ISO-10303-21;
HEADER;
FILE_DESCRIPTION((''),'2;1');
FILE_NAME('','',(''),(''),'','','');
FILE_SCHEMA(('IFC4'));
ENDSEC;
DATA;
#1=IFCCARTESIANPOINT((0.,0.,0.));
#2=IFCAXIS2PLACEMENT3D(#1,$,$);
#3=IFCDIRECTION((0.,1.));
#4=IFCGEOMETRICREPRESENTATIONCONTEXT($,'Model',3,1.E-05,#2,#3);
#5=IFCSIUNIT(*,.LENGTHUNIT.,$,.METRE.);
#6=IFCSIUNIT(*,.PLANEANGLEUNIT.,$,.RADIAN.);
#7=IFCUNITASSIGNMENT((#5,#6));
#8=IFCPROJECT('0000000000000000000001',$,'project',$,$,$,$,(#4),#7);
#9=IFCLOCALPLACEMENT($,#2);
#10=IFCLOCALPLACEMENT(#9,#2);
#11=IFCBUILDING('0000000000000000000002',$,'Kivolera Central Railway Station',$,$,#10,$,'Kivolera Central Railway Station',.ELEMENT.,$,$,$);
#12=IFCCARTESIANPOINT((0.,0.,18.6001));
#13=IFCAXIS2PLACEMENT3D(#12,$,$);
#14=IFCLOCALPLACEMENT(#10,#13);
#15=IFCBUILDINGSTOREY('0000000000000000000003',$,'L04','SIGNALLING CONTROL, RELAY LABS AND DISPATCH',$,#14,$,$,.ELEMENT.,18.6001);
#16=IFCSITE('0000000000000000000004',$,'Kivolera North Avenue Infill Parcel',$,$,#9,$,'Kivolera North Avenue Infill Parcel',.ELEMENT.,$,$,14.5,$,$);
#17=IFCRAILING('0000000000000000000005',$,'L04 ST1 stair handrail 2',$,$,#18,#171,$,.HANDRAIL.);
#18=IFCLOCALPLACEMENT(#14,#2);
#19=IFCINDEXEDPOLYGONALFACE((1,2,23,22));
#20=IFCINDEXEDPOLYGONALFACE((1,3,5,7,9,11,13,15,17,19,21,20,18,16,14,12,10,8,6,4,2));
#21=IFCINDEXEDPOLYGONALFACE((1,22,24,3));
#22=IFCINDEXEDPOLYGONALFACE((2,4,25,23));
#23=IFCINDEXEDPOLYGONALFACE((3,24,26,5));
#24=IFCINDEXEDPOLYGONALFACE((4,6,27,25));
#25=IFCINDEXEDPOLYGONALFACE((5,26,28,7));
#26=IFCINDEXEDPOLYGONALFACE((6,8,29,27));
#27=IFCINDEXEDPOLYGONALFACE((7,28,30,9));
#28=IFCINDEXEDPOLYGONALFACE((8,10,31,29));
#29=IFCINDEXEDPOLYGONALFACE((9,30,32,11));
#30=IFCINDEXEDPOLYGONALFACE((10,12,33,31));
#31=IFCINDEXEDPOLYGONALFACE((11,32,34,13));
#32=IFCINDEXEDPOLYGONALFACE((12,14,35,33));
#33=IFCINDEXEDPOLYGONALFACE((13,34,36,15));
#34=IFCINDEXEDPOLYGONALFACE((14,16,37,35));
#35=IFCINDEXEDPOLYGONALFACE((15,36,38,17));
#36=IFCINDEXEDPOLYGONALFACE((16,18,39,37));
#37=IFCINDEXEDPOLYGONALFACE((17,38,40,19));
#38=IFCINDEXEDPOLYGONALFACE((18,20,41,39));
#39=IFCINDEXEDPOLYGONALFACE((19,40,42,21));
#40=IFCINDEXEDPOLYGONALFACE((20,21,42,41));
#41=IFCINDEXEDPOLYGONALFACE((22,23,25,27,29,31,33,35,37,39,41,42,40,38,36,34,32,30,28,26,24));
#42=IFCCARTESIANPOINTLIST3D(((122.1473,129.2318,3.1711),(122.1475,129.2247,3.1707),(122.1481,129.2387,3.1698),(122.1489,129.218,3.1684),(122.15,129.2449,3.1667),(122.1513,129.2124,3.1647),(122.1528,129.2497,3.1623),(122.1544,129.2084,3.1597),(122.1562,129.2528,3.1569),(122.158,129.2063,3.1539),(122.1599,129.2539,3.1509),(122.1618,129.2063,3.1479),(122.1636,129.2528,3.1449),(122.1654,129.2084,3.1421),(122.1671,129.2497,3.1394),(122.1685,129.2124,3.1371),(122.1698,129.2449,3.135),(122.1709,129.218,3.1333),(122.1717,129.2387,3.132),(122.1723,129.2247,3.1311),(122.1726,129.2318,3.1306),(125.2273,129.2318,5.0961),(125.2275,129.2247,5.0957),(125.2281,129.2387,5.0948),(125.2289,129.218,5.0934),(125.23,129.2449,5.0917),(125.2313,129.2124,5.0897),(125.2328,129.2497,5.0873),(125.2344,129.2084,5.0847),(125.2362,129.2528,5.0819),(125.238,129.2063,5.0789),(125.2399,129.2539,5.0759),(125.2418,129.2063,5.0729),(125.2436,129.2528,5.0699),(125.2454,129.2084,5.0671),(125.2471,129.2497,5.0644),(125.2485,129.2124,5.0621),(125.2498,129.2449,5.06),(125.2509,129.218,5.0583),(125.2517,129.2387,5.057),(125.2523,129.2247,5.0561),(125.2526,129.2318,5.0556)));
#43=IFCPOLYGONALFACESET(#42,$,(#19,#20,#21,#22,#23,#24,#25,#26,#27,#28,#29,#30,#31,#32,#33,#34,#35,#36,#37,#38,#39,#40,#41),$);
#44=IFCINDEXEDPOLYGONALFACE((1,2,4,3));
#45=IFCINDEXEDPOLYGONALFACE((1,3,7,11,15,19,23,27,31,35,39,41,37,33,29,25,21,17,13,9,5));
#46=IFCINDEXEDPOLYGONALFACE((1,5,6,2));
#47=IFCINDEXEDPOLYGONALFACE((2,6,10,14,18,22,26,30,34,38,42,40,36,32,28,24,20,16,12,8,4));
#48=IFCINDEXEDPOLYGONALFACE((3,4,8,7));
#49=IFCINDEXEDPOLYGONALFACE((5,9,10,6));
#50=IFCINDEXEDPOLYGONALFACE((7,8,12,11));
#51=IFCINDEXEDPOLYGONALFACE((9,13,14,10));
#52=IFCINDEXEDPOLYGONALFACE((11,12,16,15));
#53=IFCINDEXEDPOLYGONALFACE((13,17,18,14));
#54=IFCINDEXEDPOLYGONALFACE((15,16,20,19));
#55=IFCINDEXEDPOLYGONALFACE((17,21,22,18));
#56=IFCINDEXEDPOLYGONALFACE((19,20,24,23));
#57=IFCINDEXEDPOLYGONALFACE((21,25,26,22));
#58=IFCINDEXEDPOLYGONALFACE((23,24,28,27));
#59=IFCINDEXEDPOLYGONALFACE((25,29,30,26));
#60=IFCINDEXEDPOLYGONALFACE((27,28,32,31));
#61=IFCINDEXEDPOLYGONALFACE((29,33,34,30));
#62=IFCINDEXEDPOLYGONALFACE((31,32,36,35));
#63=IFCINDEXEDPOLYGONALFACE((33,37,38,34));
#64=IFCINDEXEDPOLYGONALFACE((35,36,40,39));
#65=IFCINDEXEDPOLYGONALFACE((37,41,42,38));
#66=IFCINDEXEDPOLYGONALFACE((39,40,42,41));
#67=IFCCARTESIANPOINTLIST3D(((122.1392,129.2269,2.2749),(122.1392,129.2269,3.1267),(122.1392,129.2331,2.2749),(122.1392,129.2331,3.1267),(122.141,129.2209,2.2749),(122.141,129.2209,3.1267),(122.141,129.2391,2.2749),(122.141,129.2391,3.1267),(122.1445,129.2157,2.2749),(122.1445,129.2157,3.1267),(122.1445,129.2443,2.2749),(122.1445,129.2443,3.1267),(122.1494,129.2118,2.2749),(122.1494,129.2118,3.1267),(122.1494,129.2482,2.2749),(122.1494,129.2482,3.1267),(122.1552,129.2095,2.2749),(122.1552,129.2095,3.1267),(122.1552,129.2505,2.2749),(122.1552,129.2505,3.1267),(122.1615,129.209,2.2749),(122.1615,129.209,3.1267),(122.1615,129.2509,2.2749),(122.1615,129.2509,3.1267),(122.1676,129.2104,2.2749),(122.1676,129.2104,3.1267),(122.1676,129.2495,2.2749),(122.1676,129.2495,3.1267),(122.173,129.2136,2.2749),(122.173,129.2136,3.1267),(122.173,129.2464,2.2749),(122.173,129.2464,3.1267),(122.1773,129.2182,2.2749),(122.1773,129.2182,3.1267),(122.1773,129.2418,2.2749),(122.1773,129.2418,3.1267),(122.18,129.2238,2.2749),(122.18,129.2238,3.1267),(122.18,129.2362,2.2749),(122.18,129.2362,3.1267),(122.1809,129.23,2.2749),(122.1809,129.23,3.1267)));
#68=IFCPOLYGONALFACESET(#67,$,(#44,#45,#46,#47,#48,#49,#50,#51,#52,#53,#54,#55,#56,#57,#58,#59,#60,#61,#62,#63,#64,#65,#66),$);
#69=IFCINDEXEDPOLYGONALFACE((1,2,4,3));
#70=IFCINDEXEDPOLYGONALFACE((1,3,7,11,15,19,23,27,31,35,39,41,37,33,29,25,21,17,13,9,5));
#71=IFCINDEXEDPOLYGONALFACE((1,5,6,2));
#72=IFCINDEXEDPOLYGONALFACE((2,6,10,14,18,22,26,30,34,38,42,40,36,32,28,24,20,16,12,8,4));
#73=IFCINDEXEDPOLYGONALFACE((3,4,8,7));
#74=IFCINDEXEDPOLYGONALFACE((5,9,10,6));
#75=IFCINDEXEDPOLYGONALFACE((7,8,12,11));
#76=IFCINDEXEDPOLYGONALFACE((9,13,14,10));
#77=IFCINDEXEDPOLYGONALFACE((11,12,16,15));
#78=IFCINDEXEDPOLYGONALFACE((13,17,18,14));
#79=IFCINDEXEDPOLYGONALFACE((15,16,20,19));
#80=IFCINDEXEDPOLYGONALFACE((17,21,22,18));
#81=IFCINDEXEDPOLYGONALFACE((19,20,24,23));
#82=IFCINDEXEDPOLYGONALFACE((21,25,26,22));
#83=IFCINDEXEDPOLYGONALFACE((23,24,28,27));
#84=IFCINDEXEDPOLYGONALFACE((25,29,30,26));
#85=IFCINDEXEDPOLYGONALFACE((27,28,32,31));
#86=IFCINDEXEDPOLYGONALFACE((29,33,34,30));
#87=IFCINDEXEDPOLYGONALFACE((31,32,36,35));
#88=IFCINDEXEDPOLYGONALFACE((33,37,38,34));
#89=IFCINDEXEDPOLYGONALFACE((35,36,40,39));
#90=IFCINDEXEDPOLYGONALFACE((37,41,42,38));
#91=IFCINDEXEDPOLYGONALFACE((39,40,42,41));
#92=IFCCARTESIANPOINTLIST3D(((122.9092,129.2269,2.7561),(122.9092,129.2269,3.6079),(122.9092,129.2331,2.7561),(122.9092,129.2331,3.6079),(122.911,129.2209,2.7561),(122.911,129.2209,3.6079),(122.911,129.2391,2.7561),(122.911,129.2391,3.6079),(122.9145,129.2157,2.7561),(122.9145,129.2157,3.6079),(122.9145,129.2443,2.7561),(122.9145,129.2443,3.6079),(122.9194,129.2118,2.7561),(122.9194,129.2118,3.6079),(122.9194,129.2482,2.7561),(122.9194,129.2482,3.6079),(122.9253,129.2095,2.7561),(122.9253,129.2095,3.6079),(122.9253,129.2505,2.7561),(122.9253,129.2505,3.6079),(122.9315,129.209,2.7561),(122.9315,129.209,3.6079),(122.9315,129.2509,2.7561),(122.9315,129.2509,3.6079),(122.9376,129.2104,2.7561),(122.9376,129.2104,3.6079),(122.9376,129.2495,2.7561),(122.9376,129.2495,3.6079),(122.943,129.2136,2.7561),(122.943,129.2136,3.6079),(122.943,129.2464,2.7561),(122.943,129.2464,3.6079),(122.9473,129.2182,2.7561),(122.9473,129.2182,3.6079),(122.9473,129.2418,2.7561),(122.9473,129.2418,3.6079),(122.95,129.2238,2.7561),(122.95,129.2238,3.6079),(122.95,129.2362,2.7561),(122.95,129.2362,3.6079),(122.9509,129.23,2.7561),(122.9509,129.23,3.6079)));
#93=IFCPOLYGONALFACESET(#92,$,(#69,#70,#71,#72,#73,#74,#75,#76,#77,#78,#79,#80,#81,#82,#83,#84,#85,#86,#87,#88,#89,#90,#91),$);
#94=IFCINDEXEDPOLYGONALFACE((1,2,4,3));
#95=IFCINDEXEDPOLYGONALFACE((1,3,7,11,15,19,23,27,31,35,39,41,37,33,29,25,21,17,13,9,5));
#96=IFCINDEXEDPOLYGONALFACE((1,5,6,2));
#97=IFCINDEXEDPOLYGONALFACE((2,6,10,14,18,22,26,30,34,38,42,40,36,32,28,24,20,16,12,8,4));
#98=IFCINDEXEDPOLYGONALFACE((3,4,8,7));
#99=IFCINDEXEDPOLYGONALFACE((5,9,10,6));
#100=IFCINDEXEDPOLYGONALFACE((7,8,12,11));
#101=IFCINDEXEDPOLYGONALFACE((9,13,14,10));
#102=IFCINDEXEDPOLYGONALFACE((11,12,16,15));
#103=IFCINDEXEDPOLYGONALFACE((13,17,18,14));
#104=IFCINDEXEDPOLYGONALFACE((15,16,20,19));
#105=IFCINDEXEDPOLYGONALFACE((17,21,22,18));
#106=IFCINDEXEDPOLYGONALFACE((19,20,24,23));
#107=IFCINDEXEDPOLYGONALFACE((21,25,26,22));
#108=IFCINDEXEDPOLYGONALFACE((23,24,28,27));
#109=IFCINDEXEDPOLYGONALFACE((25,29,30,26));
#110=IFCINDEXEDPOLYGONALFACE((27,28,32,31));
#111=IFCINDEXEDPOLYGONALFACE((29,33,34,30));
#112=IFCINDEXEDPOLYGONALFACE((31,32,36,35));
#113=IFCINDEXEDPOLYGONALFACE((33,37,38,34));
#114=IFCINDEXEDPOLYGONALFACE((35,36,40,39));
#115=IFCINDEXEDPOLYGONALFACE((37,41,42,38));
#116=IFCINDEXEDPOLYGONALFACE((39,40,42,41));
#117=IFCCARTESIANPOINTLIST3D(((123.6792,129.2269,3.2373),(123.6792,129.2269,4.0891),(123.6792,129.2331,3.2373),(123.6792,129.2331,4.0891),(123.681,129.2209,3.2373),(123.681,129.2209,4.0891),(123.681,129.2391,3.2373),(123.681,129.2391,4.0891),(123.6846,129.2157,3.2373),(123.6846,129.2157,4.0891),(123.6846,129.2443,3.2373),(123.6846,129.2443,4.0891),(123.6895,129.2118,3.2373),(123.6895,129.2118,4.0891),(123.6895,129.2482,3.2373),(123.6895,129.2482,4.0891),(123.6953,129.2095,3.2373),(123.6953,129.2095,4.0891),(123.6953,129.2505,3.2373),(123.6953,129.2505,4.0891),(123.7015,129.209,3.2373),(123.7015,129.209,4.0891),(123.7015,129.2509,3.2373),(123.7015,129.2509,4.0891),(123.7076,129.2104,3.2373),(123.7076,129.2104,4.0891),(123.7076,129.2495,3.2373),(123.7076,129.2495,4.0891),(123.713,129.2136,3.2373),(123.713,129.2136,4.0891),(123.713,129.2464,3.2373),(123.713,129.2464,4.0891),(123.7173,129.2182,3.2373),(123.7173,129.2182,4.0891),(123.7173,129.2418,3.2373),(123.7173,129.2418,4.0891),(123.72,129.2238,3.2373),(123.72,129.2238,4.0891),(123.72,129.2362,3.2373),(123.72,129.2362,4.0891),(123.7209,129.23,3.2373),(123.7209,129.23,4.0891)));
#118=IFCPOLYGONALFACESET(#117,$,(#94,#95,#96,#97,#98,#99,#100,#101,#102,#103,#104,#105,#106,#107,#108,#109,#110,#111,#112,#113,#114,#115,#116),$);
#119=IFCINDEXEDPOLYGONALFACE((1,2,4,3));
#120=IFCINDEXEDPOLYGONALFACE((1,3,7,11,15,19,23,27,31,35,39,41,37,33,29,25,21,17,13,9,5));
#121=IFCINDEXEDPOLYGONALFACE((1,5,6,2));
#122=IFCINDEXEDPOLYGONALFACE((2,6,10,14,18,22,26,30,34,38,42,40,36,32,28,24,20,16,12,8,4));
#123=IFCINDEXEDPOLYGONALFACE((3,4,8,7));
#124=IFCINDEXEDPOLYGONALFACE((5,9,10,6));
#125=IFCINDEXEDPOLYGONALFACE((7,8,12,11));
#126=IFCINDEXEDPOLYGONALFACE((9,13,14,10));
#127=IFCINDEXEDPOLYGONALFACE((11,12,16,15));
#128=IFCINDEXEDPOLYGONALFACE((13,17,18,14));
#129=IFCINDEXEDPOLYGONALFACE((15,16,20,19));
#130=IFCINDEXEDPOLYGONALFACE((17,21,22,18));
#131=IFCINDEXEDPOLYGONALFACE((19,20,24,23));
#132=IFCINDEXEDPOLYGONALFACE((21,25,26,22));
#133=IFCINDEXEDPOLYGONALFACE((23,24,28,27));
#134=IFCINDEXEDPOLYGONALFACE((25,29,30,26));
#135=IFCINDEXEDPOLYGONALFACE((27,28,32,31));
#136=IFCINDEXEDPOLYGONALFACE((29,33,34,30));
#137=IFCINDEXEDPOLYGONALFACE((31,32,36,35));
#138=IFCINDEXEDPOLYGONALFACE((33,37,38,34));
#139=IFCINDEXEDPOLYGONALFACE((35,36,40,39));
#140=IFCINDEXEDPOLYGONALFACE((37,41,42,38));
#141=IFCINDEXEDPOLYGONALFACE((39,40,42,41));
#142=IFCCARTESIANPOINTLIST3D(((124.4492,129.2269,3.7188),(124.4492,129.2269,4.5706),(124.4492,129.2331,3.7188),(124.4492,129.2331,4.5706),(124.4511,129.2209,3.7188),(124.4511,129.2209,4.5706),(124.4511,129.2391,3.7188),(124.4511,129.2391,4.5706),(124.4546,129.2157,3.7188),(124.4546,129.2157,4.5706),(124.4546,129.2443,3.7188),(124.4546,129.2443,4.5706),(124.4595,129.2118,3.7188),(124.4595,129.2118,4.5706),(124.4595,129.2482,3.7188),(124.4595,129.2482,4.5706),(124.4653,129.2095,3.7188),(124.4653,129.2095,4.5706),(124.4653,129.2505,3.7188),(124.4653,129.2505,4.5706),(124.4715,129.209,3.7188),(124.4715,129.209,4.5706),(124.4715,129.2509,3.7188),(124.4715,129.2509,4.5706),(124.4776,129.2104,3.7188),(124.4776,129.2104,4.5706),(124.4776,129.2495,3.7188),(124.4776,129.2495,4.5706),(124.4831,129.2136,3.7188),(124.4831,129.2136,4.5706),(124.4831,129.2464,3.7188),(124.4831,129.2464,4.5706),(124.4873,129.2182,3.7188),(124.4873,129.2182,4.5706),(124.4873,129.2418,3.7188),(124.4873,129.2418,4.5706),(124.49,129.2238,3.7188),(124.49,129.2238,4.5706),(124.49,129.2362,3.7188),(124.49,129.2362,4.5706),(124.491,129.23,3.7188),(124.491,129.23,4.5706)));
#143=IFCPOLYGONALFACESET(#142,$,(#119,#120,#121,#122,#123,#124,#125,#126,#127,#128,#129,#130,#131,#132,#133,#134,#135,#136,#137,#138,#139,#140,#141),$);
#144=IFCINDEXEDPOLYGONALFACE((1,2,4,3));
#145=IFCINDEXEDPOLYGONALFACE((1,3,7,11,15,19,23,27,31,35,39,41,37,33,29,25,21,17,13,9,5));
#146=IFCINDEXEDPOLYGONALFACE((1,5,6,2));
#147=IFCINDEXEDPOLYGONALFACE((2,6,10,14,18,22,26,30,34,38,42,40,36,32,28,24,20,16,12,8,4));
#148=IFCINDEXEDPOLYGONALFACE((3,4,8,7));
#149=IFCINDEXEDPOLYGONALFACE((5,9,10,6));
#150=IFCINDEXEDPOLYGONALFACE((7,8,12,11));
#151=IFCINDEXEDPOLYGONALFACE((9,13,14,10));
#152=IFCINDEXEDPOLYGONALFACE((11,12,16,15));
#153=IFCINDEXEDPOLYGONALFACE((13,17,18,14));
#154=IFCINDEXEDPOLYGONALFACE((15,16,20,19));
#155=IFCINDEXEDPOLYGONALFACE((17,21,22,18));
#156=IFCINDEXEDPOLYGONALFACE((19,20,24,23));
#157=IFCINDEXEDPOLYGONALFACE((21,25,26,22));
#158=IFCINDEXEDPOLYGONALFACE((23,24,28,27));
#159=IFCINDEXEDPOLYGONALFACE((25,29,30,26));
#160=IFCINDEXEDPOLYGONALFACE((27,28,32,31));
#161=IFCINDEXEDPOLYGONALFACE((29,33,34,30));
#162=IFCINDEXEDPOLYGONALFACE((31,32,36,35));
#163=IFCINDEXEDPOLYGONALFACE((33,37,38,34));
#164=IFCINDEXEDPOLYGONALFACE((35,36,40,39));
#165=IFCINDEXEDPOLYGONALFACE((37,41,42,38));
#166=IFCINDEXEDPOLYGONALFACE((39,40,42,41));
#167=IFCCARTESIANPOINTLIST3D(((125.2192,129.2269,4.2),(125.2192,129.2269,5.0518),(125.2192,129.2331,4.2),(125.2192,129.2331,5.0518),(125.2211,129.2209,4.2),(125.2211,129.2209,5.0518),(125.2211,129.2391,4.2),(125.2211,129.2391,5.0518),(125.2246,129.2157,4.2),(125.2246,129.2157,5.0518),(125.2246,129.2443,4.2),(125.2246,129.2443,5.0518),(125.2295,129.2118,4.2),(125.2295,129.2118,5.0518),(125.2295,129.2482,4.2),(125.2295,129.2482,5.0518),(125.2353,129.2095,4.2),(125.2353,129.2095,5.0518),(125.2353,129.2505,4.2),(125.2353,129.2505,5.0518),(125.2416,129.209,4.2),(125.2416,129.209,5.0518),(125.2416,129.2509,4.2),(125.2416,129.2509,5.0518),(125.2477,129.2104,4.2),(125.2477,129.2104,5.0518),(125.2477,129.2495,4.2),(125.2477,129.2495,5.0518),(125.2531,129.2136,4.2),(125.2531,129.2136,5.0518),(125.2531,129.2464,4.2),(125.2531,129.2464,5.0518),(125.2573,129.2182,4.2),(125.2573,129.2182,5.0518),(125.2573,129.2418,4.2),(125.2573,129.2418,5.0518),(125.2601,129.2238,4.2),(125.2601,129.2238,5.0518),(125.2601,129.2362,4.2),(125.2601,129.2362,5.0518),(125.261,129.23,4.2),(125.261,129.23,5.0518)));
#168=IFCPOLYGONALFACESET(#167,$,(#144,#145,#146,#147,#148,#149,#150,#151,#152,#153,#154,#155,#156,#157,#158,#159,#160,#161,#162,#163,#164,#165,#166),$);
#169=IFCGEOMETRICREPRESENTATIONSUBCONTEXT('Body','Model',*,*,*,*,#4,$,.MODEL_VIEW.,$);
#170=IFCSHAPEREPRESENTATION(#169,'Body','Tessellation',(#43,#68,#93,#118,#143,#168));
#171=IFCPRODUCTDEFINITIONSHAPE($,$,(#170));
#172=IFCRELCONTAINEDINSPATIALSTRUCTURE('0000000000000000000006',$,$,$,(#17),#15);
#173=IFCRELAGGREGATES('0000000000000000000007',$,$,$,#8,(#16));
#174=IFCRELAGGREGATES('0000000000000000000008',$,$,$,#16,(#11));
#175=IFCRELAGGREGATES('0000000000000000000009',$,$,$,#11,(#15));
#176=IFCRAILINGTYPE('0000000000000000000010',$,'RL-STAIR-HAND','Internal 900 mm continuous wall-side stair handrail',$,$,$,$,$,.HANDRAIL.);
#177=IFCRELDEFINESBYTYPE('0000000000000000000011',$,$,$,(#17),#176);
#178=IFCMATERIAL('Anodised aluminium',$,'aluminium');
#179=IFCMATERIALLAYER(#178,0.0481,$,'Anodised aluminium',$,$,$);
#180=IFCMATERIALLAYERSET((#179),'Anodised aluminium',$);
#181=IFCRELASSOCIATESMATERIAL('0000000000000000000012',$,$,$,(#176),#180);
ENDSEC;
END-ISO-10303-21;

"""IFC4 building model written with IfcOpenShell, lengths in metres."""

from ifc_helpers import new_model, si_unit, direction, frame, origin, origin_2d, place, context, subcontext, project, spatial, circle, extrude, material, layer, layer_set, type_object, element, save


model = new_model("IFC4")

# Units and contexts
model_context = context("Model", 3, precision=1e-05, world=origin(), true_north=direction((0.0, 1.0)))
body_context = subcontext(model_context, "Body", "Model", "MODEL_VIEW")
ifc_project = project(units=[si_unit("LENGTHUNIT", "METRE"), si_unit("PLANEANGLEUNIT", "RADIAN")], contexts=[model_context])

# Site, building, storey
site_placement = place(None, origin())
site = spatial("IfcSite", under=ifc_project, at=site_placement, Name="Kivolera North Avenue Infill Parcel", LongName="Kivolera North Avenue Infill Parcel", CompositionType="ELEMENT", RefElevation=14.5)
building_placement = place(site_placement, origin())
building = spatial("IfcBuilding", under=site, at=building_placement, Name="Kivolera Central Railway Station", LongName="Kivolera Central Railway Station", CompositionType="ELEMENT")
storey_placement = place(building_placement, frame((0.0, 0.0, 18.6001)))
storey = spatial("IfcBuildingStorey", under=building, at=storey_placement, Name="L04", Description="SIGNALLING CONTROL, RELAY LABS AND DISPATCH", CompositionType="ELEMENT", Elevation=18.6001)

# Shared definitions
ifc_material_1 = material(Name="Anodised aluminium", Category="aluminium")

# Railing
ifc_layer_1 = layer(ifc_material_1, 0.0481, Name="Anodised aluminium")
ifc_layer_set_1 = layer_set([ifc_layer_1], Name="Anodised aluminium")
railing_type = type_object("IfcRailingType", Name="RL-STAIR-HAND", Description="Internal 900 mm continuous wall-side stair handrail", PredefinedType="HANDRAIL", material=ifc_layer_set_1)
railing_placement = place(storey_placement, frame((122.1599, 129.23, 2.2749)))
element("IfcRailing", 1, at=railing_placement, inside=storey, type_object=railing_type, Name="L04 ST1 stair handrail 2", PredefinedType="HANDRAIL", context=body_context, shape_type="SweptSolid", body=[
    extrude(circle(Radius=0.0239, at=origin_2d()), frame((0.0, 0.0, 0.876), z_axis=(0.847998, 0.0, 0.529999), x_axis=(0.0, 1.0, 0.0)), (0.0, 0.0, 1.0), 3.6321),
    extrude(circle(Radius=0.021, at=origin_2d()), origin(), (0.0, 0.0, 1.0), 0.8518),
    extrude(circle(Radius=0.021, at=origin_2d()), frame((0.77, 0.0, 0.4812)), (0.0, 0.0, 1.0), 0.8518),
    extrude(circle(Radius=0.021, at=origin_2d()), frame((1.54, 0.0, 0.9624)), (0.0, 0.0, 1.0), 0.8518),
    extrude(circle(Radius=0.021, at=origin_2d()), frame((2.3101, 0.0, 1.4438)), (0.0, 0.0, 1.0), 0.8518),
    extrude(circle(Radius=0.021, at=origin_2d()), frame((3.0801, 0.0, 1.925)), (0.0, 0.0, 1.0), 0.8518),
])

save(model, "model.ifc")
